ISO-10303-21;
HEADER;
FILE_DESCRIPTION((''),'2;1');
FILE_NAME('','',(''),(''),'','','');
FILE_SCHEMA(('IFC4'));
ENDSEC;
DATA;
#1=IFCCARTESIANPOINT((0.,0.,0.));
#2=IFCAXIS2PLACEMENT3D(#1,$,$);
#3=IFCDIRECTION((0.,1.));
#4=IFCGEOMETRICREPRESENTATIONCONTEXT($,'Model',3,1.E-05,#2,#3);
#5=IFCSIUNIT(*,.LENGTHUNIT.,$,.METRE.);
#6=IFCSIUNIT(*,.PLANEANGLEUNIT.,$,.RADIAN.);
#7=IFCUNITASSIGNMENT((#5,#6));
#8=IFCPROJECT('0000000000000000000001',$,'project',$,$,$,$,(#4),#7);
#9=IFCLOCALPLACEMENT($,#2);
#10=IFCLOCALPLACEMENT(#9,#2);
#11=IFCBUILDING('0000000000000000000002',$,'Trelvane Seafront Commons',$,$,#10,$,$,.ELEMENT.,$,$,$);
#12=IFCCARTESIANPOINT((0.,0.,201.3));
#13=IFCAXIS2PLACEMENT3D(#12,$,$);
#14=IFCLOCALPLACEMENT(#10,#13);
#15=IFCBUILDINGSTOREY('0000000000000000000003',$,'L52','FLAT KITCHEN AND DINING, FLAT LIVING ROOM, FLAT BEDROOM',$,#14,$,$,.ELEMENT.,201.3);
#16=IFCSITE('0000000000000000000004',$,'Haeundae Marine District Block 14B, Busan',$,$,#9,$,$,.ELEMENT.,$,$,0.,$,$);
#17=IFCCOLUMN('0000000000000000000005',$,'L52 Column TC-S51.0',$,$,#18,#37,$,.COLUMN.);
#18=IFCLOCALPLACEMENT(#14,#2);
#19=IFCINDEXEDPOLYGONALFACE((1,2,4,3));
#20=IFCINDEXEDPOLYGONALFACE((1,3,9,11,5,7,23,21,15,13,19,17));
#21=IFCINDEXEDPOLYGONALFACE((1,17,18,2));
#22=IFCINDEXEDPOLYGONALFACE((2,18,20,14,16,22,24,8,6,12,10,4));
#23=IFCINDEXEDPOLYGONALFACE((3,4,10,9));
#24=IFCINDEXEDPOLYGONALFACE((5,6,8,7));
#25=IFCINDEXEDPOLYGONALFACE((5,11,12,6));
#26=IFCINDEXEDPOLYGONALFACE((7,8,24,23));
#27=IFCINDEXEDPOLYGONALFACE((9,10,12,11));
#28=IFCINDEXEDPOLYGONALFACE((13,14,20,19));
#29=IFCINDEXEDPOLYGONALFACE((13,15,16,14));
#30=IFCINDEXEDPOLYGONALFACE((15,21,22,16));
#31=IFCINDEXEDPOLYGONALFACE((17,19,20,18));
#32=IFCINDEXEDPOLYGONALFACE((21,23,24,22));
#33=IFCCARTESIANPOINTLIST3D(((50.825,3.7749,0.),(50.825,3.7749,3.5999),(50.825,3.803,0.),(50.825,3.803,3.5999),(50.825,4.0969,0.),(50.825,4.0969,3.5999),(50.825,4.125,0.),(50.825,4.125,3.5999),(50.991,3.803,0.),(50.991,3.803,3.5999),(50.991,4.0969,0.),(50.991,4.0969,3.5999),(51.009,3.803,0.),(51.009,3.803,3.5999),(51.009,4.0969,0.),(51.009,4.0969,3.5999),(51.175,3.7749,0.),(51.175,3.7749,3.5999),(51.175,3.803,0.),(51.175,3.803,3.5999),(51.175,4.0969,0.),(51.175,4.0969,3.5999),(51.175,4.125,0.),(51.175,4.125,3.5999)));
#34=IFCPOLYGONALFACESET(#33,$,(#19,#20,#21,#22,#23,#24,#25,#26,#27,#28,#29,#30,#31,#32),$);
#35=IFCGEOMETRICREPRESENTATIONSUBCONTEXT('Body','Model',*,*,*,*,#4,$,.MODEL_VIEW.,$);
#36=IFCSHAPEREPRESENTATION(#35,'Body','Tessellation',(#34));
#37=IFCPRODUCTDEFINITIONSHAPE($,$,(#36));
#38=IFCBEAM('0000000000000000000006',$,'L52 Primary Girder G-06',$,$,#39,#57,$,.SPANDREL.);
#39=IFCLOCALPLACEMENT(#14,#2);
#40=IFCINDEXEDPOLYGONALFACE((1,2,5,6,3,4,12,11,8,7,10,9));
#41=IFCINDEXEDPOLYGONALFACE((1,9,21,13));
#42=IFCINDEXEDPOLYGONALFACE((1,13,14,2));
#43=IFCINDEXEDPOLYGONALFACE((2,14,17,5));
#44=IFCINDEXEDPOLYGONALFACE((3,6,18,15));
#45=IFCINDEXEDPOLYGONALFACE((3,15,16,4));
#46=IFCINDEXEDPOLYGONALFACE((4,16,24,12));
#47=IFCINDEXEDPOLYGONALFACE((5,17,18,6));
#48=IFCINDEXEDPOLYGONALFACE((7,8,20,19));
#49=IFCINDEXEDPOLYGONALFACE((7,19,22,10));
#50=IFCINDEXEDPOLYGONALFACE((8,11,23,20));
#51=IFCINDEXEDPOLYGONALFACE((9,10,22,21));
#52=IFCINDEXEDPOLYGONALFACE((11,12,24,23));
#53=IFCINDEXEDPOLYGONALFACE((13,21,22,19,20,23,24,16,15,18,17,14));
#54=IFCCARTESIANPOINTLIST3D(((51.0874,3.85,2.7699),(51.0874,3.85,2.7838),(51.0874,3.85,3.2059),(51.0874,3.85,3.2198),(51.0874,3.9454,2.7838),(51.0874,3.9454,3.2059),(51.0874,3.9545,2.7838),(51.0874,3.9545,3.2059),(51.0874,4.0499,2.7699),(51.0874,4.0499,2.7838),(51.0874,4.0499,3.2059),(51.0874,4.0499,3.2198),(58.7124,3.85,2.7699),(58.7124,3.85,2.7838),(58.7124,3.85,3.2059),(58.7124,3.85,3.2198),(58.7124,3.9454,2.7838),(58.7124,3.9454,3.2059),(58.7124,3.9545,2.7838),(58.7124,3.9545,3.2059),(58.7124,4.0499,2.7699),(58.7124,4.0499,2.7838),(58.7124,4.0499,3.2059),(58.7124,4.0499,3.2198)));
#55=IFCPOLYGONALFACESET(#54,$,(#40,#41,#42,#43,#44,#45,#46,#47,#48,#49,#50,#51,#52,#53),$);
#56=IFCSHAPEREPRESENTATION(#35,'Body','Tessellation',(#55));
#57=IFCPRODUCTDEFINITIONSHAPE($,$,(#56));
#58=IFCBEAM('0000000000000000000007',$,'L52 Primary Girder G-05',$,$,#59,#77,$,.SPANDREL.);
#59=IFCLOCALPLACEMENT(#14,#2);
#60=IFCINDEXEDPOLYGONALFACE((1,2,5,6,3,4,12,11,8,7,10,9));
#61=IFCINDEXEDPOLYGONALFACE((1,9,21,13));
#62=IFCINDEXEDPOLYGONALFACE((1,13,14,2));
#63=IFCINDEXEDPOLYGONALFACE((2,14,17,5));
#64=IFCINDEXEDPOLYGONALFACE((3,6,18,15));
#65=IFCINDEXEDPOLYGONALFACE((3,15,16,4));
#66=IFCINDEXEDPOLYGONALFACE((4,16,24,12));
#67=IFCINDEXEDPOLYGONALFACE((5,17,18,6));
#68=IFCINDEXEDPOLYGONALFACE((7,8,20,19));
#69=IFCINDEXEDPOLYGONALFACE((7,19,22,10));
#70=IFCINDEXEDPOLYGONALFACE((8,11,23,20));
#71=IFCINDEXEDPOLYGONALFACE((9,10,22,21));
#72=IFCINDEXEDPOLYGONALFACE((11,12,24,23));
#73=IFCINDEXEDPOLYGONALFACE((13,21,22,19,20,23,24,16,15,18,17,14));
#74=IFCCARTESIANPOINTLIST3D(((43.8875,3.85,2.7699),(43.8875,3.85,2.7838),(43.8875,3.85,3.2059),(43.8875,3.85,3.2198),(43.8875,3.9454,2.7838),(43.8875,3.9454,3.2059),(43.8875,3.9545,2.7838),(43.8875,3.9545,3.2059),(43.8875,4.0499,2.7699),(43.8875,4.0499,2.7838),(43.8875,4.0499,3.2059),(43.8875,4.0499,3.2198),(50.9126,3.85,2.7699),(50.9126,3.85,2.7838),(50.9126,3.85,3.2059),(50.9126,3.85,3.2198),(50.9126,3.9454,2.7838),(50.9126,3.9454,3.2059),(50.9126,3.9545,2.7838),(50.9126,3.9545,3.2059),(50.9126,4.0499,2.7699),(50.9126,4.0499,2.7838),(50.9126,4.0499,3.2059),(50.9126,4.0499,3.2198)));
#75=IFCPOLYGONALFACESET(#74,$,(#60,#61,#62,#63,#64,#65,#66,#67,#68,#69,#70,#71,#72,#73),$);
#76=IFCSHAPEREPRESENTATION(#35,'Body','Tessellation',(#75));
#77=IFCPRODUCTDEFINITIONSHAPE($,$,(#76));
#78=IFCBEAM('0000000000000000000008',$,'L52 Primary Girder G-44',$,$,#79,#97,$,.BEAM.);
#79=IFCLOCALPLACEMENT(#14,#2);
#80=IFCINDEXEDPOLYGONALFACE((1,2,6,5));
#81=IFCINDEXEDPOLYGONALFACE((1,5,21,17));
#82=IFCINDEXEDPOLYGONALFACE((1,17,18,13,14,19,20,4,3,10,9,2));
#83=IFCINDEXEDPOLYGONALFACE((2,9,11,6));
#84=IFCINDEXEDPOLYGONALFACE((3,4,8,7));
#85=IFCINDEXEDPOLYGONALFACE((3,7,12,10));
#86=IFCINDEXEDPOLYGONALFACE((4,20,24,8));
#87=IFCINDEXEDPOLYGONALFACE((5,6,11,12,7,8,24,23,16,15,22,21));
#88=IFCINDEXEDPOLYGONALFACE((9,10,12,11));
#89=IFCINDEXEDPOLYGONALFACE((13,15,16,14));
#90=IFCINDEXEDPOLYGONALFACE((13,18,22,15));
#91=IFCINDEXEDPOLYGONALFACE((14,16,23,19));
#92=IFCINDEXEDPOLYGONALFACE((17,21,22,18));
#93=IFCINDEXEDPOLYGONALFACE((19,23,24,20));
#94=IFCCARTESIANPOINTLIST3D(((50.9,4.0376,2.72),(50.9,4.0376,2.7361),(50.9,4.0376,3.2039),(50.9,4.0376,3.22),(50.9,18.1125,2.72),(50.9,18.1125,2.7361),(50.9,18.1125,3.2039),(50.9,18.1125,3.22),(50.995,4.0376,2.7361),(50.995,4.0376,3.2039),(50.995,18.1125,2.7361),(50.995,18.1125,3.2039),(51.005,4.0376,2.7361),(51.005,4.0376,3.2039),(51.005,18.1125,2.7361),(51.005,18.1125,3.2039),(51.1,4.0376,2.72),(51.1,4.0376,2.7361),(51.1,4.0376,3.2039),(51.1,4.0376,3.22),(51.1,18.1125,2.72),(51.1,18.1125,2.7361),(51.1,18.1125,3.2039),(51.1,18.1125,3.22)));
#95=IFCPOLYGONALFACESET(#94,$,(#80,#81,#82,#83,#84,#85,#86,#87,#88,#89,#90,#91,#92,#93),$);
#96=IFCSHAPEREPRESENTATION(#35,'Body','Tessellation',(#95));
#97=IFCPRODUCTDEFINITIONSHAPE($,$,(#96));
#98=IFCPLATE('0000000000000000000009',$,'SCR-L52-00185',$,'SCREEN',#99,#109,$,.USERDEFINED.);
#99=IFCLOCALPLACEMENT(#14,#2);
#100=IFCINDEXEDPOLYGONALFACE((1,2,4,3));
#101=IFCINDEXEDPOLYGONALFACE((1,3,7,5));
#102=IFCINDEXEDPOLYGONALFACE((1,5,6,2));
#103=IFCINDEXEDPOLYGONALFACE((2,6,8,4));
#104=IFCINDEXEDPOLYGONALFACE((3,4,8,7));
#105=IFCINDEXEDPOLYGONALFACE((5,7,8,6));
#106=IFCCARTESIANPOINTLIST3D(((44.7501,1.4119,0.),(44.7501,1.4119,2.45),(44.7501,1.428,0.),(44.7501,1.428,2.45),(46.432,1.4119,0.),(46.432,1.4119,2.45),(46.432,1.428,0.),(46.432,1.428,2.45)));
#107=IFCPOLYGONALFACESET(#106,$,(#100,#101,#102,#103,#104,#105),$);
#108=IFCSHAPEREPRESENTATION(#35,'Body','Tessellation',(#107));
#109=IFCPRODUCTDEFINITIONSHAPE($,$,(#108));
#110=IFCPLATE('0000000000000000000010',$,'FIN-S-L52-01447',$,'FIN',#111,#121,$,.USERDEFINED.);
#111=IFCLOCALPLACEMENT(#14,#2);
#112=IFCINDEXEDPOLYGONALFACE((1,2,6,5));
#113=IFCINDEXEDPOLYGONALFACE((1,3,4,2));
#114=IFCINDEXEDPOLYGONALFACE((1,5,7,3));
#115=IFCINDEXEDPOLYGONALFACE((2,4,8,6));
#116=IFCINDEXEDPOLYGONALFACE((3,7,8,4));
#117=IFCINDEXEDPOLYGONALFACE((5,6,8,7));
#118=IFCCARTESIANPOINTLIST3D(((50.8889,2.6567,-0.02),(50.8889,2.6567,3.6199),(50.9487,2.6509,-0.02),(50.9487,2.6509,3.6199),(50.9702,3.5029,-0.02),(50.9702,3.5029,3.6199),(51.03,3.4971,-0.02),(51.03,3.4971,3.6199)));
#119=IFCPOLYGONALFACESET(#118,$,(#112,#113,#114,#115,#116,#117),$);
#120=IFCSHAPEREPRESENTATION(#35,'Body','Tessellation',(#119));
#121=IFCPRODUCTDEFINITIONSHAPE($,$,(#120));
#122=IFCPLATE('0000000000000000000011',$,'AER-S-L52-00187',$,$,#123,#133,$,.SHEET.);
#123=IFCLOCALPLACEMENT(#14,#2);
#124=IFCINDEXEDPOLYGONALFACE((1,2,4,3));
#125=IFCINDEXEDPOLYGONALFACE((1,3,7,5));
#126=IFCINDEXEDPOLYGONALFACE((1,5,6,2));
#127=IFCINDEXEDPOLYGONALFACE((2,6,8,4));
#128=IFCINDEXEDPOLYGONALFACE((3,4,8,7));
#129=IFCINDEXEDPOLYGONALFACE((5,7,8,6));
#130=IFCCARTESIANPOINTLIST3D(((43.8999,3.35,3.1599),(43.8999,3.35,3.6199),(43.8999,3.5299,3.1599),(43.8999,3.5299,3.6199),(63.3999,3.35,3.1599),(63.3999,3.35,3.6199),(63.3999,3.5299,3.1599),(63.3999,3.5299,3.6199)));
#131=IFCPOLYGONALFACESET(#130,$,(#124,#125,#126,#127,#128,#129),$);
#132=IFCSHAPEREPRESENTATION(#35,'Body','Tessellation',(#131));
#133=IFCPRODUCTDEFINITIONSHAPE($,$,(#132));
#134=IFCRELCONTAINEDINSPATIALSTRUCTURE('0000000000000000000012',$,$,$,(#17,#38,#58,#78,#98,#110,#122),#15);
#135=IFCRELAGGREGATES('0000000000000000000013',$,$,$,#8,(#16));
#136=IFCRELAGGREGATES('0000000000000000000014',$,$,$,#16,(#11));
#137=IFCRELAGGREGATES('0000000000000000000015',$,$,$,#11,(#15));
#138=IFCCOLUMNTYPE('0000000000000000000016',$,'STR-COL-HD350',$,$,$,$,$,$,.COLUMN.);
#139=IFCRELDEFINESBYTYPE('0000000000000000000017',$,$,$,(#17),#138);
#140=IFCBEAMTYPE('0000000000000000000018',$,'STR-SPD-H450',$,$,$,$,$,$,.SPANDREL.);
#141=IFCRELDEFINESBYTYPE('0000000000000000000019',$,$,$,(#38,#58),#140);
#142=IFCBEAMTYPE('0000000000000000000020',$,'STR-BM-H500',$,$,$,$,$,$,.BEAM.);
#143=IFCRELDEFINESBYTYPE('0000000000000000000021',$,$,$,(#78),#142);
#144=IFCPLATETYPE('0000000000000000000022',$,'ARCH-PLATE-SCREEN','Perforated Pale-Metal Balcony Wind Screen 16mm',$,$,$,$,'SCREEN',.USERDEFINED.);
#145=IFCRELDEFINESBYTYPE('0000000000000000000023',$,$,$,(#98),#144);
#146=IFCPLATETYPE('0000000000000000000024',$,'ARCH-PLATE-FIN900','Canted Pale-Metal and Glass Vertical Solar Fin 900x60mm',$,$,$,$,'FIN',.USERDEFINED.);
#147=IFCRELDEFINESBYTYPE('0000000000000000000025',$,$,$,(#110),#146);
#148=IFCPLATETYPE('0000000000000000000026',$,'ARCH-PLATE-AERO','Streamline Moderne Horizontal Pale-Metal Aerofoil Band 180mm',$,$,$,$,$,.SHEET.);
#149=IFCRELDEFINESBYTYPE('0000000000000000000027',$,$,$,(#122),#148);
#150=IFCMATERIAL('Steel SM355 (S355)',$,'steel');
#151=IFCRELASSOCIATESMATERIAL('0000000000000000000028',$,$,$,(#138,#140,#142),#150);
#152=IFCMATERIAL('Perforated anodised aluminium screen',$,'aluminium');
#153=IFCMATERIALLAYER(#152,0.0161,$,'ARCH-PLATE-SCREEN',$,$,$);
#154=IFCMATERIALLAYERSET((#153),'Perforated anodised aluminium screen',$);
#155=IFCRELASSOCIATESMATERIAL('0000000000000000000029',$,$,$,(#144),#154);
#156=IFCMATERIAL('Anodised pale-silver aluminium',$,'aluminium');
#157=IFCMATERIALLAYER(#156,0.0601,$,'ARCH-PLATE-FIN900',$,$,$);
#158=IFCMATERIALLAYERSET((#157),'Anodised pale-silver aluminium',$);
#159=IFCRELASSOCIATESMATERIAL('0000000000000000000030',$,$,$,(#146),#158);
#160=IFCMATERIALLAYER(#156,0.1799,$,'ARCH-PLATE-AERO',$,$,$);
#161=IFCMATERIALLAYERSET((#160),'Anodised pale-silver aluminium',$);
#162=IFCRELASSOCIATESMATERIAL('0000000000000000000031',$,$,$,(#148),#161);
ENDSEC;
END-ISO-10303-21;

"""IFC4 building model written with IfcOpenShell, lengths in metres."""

from ifc_helpers import new_model, si_unit, direction, frame, origin, origin_2d, place, context, subcontext, project, spatial, rectangle, i_section, extrude, source, transform, mapped, material, layer, layer_set, material_profile, profile_set, type_object, element, save


model = new_model("IFC4")

# Units and contexts
model_context = context("Model", 3, precision=1e-05, world=origin(), true_north=direction((0.0, 1.0)))
body_context = subcontext(model_context, "Body", "Model", "MODEL_VIEW")
ifc_project = project(units=[si_unit("LENGTHUNIT", "METRE"), si_unit("PLANEANGLEUNIT", "RADIAN")], contexts=[model_context])

# Site, building, storey
site_placement = place(None, origin())
site = spatial("IfcSite", under=ifc_project, at=site_placement, Name="Haeundae Marine District Block 14B, Busan", CompositionType="ELEMENT", RefElevation=0.0)
building_placement = place(site_placement, origin())
building = spatial("IfcBuilding", under=site, at=building_placement, Name="Trelvane Seafront Commons", CompositionType="ELEMENT")
storey_placement = place(building_placement, frame((0.0, 0.0, 201.3)))
storey = spatial("IfcBuildingStorey", under=building, at=storey_placement, Name="L52", Description="FLAT KITCHEN AND DINING, FLAT LIVING ROOM, FLAT BEDROOM", CompositionType="ELEMENT", Elevation=201.3)

# Column
ifc_material_1 = material(Name="Steel SM355 (S355)", Category="steel")
ifc_material_profile_1 = material_profile(ifc_material_1, i_section(OverallWidth=0.3501, OverallDepth=0.3501, WebThickness=0.0181, FlangeThickness=0.0281, at=origin_2d()), Name="HD-350x350x18x28")
ifc_profile_set_1 = profile_set([ifc_material_profile_1], Name="Steel SM355 (S355)")
column_type = type_object("IfcColumnType", Name="STR-COL-HD350", PredefinedType="COLUMN", material=ifc_profile_set_1)
shared_shape_1 = source(origin(), body_context, "Body", "SweptSolid", [
    extrude(i_section(OverallWidth=0.3501, OverallDepth=0.3501, WebThickness=0.0181, FlangeThickness=0.0281, at=origin_2d()), origin(), (0.0, 0.0, 1.0), 3.5999),
])
column_placement = place(storey_placement, frame((51.0, 3.95, 0.0), z_axis=(0.0, 0.0, 1.0), x_axis=(1.0, 0.0, 0.0)))
element("IfcColumn", 1, at=column_placement, inside=storey, type_object=column_type, Name="L52 Column TC-S51.0", PredefinedType="COLUMN", context=body_context, shape_type="MappedRepresentation", body=[
    mapped(shared_shape_1, transform((0.0, 0.0, 0.0), x_axis=(1.0, 0.0, 0.0), y_axis=(0.0, 1.0, 0.0), z_axis=(0.0, 0.0, 1.0), scale=1.0)),
])

# Beams
ifc_material_profile_2 = material_profile(ifc_material_1, i_section(OverallWidth=0.2, OverallDepth=0.45, WebThickness=0.009, FlangeThickness=0.0139, at=origin_2d()), Name="H-450x200x9x14")
ifc_profile_set_2 = profile_set([ifc_material_profile_2], Name="Steel SM355 (S355)")
beam_type_1 = type_object("IfcBeamType", Name="STR-SPD-H450", PredefinedType="SPANDREL", material=ifc_profile_set_2)
shared_shape_2 = source(origin(), body_context, "Body", "SweptSolid", [
    extrude(i_section(OverallWidth=0.2, OverallDepth=0.45, WebThickness=0.009, FlangeThickness=0.0139, at=origin_2d()), origin(), (0.0, 0.0, 1.0), 7.625),
])
beam_1_placement = place(storey_placement, frame((51.0874, 3.95, 2.9949), z_axis=(1.0, 0.0, 0.0), x_axis=(0.0, 1.0, 0.0)))
element("IfcBeam", 2, at=beam_1_placement, inside=storey, type_object=beam_type_1, Name="L52 Primary Girder G-06", PredefinedType="SPANDREL", context=body_context, shape_type="MappedRepresentation", body=[
    mapped(shared_shape_2, transform((0.0, 0.0, 0.0), x_axis=(1.0, 0.0, 0.0), y_axis=(0.0, 1.0, 0.0), z_axis=(0.0, 0.0, 1.0), scale=1.0)),
])
shared_shape_3 = source(origin(), body_context, "Body", "SweptSolid", [
    extrude(i_section(OverallWidth=0.2, OverallDepth=0.45, WebThickness=0.009, FlangeThickness=0.0139, at=origin_2d()), origin(), (0.0, 0.0, 1.0), 7.0251),
])
beam_2_placement = place(storey_placement, frame((43.8875, 3.95, 2.9949), z_axis=(1.0, 0.0, 0.0), x_axis=(0.0, 1.0, 0.0)))
element("IfcBeam", 3, at=beam_2_placement, inside=storey, type_object=beam_type_1, Name="L52 Primary Girder G-05", PredefinedType="SPANDREL", context=body_context, shape_type="MappedRepresentation", body=[
    mapped(shared_shape_3, transform((0.0, 0.0, 0.0), x_axis=(1.0, 0.0, 0.0), y_axis=(0.0, 1.0, 0.0), z_axis=(0.0, 0.0, 1.0), scale=1.0)),
])
ifc_material_profile_3 = material_profile(ifc_material_1, i_section(OverallWidth=0.2, OverallDepth=0.5, WebThickness=0.01, FlangeThickness=0.0161, at=origin_2d()), Name="H-500x200x10x16")
ifc_profile_set_3 = profile_set([ifc_material_profile_3], Name="Steel SM355 (S355)")
beam_type_2 = type_object("IfcBeamType", Name="STR-BM-H500", PredefinedType="BEAM", material=ifc_profile_set_3)
shared_shape_4 = source(origin(), body_context, "Body", "SweptSolid", [
    extrude(i_section(OverallWidth=0.2, OverallDepth=0.5, WebThickness=0.01, FlangeThickness=0.0161, at=origin_2d()), origin(), (0.0, 0.0, 1.0), 14.075),
])
beam_3_placement = place(storey_placement, frame((51.0, 4.0376, 2.97), z_axis=(0.0, 1.0, 0.0), x_axis=(-1.0, 0.0, 0.0)))
element("IfcBeam", 4, at=beam_3_placement, inside=storey, type_object=beam_type_2, Name="L52 Primary Girder G-44", PredefinedType="BEAM", context=body_context, shape_type="MappedRepresentation", body=[
    mapped(shared_shape_4, transform((0.0, 0.0, 0.0), x_axis=(1.0, 0.0, 0.0), y_axis=(0.0, 1.0, 0.0), z_axis=(0.0, 0.0, 1.0), scale=1.0)),
])

# Plates
ifc_material_2 = material(Name="Perforated anodised aluminium screen", Category="aluminium")
ifc_layer_1 = layer(ifc_material_2, 0.0161, Name="ARCH-PLATE-SCREEN")
ifc_layer_set_1 = layer_set([ifc_layer_1], Name="Perforated anodised aluminium screen")
plate_type_1 = type_object("IfcPlateType", Name="ARCH-PLATE-SCREEN", Description="Perforated Pale-Metal Balcony Wind Screen 16mm", ElementType="SCREEN", PredefinedType="USERDEFINED", material=ifc_layer_set_1)
shared_shape_5 = source(origin(), body_context, "Body", "SweptSolid", [
    extrude(rectangle(XDim=1.6819, YDim=0.0161, at=origin_2d()), origin(), (0.0, 0.0, 1.0), 2.45),
])
plate_1_placement = place(storey_placement, frame((45.5911, 1.4199, 0.0), z_axis=(0.0, 0.0, 1.0), x_axis=(1.0, 0.0, 0.0)))
element("IfcPlate", 5, at=plate_1_placement, inside=storey, type_object=plate_type_1, Name="SCR-L52-00185", ObjectType="SCREEN", PredefinedType="USERDEFINED", context=body_context, shape_type="MappedRepresentation", body=[
    mapped(shared_shape_5, transform((0.0, 0.0, 0.0), x_axis=(1.0, 0.0, 0.0), y_axis=(0.0, 1.0, 0.0), z_axis=(0.0, 0.0, 1.0), scale=1.0)),
])
ifc_material_3 = material(Name="Anodised pale-silver aluminium", Category="aluminium")
ifc_layer_2 = layer(ifc_material_3, 0.0601, Name="ARCH-PLATE-FIN900")
ifc_layer_set_2 = layer_set([ifc_layer_2], Name="Anodised pale-silver aluminium")
plate_type_2 = type_object("IfcPlateType", Name="ARCH-PLATE-FIN900", Description="Canted Pale-Metal and Glass Vertical Solar Fin 900x60mm", ElementType="FIN", PredefinedType="USERDEFINED", material=ifc_layer_set_2)
shared_shape_6 = source(origin(), body_context, "Body", "SweptSolid", [
    extrude(rectangle(XDim=0.8501, YDim=0.0601, at=origin_2d()), origin(), (0.0, 0.0, 1.0), 3.6399),
])
plate_2_placement = place(storey_placement, frame((50.9595, 3.0769, -0.02), z_axis=(0.0, 0.0, 1.0), x_axis=(-0.095648, -0.995415, 0.0)))
element("IfcPlate", 6, at=plate_2_placement, inside=storey, type_object=plate_type_2, Name="FIN-S-L52-01447", ObjectType="FIN", PredefinedType="USERDEFINED", context=body_context, shape_type="MappedRepresentation", body=[
    mapped(shared_shape_6, transform((0.0, 0.0, 0.0), x_axis=(1.0, 0.0, 0.0), y_axis=(0.0, 1.0, 0.0), z_axis=(0.0, 0.0, 1.0), scale=1.0)),
])
ifc_layer_3 = layer(ifc_material_3, 0.1799, Name="ARCH-PLATE-AERO")
ifc_layer_set_3 = layer_set([ifc_layer_3], Name="Anodised pale-silver aluminium")
plate_type_3 = type_object("IfcPlateType", Name="ARCH-PLATE-AERO", Description="Streamline Moderne Horizontal Pale-Metal Aerofoil Band 180mm", PredefinedType="SHEET", material=ifc_layer_set_3)
shared_shape_7 = source(origin(), body_context, "Body", "SweptSolid", [
    extrude(rectangle(XDim=19.5, YDim=0.1799, at=origin_2d()), origin(), (0.0, 0.0, 1.0), 0.46),
])
plate_3_placement = place(storey_placement, frame((53.6499, 3.4399, 3.1599), z_axis=(0.0, 0.0, 1.0), x_axis=(-1.0, 0.0, 0.0)))
element("IfcPlate", 7, at=plate_3_placement, inside=storey, type_object=plate_type_3, Name="AER-S-L52-00187", PredefinedType="SHEET", context=body_context, shape_type="MappedRepresentation", body=[
    mapped(shared_shape_7, transform((0.0, 0.0, 0.0), x_axis=(1.0, 0.0, 0.0), y_axis=(0.0, 1.0, 0.0), z_axis=(0.0, 0.0, 1.0), scale=1.0)),
])

save(model, "model.ifc")
